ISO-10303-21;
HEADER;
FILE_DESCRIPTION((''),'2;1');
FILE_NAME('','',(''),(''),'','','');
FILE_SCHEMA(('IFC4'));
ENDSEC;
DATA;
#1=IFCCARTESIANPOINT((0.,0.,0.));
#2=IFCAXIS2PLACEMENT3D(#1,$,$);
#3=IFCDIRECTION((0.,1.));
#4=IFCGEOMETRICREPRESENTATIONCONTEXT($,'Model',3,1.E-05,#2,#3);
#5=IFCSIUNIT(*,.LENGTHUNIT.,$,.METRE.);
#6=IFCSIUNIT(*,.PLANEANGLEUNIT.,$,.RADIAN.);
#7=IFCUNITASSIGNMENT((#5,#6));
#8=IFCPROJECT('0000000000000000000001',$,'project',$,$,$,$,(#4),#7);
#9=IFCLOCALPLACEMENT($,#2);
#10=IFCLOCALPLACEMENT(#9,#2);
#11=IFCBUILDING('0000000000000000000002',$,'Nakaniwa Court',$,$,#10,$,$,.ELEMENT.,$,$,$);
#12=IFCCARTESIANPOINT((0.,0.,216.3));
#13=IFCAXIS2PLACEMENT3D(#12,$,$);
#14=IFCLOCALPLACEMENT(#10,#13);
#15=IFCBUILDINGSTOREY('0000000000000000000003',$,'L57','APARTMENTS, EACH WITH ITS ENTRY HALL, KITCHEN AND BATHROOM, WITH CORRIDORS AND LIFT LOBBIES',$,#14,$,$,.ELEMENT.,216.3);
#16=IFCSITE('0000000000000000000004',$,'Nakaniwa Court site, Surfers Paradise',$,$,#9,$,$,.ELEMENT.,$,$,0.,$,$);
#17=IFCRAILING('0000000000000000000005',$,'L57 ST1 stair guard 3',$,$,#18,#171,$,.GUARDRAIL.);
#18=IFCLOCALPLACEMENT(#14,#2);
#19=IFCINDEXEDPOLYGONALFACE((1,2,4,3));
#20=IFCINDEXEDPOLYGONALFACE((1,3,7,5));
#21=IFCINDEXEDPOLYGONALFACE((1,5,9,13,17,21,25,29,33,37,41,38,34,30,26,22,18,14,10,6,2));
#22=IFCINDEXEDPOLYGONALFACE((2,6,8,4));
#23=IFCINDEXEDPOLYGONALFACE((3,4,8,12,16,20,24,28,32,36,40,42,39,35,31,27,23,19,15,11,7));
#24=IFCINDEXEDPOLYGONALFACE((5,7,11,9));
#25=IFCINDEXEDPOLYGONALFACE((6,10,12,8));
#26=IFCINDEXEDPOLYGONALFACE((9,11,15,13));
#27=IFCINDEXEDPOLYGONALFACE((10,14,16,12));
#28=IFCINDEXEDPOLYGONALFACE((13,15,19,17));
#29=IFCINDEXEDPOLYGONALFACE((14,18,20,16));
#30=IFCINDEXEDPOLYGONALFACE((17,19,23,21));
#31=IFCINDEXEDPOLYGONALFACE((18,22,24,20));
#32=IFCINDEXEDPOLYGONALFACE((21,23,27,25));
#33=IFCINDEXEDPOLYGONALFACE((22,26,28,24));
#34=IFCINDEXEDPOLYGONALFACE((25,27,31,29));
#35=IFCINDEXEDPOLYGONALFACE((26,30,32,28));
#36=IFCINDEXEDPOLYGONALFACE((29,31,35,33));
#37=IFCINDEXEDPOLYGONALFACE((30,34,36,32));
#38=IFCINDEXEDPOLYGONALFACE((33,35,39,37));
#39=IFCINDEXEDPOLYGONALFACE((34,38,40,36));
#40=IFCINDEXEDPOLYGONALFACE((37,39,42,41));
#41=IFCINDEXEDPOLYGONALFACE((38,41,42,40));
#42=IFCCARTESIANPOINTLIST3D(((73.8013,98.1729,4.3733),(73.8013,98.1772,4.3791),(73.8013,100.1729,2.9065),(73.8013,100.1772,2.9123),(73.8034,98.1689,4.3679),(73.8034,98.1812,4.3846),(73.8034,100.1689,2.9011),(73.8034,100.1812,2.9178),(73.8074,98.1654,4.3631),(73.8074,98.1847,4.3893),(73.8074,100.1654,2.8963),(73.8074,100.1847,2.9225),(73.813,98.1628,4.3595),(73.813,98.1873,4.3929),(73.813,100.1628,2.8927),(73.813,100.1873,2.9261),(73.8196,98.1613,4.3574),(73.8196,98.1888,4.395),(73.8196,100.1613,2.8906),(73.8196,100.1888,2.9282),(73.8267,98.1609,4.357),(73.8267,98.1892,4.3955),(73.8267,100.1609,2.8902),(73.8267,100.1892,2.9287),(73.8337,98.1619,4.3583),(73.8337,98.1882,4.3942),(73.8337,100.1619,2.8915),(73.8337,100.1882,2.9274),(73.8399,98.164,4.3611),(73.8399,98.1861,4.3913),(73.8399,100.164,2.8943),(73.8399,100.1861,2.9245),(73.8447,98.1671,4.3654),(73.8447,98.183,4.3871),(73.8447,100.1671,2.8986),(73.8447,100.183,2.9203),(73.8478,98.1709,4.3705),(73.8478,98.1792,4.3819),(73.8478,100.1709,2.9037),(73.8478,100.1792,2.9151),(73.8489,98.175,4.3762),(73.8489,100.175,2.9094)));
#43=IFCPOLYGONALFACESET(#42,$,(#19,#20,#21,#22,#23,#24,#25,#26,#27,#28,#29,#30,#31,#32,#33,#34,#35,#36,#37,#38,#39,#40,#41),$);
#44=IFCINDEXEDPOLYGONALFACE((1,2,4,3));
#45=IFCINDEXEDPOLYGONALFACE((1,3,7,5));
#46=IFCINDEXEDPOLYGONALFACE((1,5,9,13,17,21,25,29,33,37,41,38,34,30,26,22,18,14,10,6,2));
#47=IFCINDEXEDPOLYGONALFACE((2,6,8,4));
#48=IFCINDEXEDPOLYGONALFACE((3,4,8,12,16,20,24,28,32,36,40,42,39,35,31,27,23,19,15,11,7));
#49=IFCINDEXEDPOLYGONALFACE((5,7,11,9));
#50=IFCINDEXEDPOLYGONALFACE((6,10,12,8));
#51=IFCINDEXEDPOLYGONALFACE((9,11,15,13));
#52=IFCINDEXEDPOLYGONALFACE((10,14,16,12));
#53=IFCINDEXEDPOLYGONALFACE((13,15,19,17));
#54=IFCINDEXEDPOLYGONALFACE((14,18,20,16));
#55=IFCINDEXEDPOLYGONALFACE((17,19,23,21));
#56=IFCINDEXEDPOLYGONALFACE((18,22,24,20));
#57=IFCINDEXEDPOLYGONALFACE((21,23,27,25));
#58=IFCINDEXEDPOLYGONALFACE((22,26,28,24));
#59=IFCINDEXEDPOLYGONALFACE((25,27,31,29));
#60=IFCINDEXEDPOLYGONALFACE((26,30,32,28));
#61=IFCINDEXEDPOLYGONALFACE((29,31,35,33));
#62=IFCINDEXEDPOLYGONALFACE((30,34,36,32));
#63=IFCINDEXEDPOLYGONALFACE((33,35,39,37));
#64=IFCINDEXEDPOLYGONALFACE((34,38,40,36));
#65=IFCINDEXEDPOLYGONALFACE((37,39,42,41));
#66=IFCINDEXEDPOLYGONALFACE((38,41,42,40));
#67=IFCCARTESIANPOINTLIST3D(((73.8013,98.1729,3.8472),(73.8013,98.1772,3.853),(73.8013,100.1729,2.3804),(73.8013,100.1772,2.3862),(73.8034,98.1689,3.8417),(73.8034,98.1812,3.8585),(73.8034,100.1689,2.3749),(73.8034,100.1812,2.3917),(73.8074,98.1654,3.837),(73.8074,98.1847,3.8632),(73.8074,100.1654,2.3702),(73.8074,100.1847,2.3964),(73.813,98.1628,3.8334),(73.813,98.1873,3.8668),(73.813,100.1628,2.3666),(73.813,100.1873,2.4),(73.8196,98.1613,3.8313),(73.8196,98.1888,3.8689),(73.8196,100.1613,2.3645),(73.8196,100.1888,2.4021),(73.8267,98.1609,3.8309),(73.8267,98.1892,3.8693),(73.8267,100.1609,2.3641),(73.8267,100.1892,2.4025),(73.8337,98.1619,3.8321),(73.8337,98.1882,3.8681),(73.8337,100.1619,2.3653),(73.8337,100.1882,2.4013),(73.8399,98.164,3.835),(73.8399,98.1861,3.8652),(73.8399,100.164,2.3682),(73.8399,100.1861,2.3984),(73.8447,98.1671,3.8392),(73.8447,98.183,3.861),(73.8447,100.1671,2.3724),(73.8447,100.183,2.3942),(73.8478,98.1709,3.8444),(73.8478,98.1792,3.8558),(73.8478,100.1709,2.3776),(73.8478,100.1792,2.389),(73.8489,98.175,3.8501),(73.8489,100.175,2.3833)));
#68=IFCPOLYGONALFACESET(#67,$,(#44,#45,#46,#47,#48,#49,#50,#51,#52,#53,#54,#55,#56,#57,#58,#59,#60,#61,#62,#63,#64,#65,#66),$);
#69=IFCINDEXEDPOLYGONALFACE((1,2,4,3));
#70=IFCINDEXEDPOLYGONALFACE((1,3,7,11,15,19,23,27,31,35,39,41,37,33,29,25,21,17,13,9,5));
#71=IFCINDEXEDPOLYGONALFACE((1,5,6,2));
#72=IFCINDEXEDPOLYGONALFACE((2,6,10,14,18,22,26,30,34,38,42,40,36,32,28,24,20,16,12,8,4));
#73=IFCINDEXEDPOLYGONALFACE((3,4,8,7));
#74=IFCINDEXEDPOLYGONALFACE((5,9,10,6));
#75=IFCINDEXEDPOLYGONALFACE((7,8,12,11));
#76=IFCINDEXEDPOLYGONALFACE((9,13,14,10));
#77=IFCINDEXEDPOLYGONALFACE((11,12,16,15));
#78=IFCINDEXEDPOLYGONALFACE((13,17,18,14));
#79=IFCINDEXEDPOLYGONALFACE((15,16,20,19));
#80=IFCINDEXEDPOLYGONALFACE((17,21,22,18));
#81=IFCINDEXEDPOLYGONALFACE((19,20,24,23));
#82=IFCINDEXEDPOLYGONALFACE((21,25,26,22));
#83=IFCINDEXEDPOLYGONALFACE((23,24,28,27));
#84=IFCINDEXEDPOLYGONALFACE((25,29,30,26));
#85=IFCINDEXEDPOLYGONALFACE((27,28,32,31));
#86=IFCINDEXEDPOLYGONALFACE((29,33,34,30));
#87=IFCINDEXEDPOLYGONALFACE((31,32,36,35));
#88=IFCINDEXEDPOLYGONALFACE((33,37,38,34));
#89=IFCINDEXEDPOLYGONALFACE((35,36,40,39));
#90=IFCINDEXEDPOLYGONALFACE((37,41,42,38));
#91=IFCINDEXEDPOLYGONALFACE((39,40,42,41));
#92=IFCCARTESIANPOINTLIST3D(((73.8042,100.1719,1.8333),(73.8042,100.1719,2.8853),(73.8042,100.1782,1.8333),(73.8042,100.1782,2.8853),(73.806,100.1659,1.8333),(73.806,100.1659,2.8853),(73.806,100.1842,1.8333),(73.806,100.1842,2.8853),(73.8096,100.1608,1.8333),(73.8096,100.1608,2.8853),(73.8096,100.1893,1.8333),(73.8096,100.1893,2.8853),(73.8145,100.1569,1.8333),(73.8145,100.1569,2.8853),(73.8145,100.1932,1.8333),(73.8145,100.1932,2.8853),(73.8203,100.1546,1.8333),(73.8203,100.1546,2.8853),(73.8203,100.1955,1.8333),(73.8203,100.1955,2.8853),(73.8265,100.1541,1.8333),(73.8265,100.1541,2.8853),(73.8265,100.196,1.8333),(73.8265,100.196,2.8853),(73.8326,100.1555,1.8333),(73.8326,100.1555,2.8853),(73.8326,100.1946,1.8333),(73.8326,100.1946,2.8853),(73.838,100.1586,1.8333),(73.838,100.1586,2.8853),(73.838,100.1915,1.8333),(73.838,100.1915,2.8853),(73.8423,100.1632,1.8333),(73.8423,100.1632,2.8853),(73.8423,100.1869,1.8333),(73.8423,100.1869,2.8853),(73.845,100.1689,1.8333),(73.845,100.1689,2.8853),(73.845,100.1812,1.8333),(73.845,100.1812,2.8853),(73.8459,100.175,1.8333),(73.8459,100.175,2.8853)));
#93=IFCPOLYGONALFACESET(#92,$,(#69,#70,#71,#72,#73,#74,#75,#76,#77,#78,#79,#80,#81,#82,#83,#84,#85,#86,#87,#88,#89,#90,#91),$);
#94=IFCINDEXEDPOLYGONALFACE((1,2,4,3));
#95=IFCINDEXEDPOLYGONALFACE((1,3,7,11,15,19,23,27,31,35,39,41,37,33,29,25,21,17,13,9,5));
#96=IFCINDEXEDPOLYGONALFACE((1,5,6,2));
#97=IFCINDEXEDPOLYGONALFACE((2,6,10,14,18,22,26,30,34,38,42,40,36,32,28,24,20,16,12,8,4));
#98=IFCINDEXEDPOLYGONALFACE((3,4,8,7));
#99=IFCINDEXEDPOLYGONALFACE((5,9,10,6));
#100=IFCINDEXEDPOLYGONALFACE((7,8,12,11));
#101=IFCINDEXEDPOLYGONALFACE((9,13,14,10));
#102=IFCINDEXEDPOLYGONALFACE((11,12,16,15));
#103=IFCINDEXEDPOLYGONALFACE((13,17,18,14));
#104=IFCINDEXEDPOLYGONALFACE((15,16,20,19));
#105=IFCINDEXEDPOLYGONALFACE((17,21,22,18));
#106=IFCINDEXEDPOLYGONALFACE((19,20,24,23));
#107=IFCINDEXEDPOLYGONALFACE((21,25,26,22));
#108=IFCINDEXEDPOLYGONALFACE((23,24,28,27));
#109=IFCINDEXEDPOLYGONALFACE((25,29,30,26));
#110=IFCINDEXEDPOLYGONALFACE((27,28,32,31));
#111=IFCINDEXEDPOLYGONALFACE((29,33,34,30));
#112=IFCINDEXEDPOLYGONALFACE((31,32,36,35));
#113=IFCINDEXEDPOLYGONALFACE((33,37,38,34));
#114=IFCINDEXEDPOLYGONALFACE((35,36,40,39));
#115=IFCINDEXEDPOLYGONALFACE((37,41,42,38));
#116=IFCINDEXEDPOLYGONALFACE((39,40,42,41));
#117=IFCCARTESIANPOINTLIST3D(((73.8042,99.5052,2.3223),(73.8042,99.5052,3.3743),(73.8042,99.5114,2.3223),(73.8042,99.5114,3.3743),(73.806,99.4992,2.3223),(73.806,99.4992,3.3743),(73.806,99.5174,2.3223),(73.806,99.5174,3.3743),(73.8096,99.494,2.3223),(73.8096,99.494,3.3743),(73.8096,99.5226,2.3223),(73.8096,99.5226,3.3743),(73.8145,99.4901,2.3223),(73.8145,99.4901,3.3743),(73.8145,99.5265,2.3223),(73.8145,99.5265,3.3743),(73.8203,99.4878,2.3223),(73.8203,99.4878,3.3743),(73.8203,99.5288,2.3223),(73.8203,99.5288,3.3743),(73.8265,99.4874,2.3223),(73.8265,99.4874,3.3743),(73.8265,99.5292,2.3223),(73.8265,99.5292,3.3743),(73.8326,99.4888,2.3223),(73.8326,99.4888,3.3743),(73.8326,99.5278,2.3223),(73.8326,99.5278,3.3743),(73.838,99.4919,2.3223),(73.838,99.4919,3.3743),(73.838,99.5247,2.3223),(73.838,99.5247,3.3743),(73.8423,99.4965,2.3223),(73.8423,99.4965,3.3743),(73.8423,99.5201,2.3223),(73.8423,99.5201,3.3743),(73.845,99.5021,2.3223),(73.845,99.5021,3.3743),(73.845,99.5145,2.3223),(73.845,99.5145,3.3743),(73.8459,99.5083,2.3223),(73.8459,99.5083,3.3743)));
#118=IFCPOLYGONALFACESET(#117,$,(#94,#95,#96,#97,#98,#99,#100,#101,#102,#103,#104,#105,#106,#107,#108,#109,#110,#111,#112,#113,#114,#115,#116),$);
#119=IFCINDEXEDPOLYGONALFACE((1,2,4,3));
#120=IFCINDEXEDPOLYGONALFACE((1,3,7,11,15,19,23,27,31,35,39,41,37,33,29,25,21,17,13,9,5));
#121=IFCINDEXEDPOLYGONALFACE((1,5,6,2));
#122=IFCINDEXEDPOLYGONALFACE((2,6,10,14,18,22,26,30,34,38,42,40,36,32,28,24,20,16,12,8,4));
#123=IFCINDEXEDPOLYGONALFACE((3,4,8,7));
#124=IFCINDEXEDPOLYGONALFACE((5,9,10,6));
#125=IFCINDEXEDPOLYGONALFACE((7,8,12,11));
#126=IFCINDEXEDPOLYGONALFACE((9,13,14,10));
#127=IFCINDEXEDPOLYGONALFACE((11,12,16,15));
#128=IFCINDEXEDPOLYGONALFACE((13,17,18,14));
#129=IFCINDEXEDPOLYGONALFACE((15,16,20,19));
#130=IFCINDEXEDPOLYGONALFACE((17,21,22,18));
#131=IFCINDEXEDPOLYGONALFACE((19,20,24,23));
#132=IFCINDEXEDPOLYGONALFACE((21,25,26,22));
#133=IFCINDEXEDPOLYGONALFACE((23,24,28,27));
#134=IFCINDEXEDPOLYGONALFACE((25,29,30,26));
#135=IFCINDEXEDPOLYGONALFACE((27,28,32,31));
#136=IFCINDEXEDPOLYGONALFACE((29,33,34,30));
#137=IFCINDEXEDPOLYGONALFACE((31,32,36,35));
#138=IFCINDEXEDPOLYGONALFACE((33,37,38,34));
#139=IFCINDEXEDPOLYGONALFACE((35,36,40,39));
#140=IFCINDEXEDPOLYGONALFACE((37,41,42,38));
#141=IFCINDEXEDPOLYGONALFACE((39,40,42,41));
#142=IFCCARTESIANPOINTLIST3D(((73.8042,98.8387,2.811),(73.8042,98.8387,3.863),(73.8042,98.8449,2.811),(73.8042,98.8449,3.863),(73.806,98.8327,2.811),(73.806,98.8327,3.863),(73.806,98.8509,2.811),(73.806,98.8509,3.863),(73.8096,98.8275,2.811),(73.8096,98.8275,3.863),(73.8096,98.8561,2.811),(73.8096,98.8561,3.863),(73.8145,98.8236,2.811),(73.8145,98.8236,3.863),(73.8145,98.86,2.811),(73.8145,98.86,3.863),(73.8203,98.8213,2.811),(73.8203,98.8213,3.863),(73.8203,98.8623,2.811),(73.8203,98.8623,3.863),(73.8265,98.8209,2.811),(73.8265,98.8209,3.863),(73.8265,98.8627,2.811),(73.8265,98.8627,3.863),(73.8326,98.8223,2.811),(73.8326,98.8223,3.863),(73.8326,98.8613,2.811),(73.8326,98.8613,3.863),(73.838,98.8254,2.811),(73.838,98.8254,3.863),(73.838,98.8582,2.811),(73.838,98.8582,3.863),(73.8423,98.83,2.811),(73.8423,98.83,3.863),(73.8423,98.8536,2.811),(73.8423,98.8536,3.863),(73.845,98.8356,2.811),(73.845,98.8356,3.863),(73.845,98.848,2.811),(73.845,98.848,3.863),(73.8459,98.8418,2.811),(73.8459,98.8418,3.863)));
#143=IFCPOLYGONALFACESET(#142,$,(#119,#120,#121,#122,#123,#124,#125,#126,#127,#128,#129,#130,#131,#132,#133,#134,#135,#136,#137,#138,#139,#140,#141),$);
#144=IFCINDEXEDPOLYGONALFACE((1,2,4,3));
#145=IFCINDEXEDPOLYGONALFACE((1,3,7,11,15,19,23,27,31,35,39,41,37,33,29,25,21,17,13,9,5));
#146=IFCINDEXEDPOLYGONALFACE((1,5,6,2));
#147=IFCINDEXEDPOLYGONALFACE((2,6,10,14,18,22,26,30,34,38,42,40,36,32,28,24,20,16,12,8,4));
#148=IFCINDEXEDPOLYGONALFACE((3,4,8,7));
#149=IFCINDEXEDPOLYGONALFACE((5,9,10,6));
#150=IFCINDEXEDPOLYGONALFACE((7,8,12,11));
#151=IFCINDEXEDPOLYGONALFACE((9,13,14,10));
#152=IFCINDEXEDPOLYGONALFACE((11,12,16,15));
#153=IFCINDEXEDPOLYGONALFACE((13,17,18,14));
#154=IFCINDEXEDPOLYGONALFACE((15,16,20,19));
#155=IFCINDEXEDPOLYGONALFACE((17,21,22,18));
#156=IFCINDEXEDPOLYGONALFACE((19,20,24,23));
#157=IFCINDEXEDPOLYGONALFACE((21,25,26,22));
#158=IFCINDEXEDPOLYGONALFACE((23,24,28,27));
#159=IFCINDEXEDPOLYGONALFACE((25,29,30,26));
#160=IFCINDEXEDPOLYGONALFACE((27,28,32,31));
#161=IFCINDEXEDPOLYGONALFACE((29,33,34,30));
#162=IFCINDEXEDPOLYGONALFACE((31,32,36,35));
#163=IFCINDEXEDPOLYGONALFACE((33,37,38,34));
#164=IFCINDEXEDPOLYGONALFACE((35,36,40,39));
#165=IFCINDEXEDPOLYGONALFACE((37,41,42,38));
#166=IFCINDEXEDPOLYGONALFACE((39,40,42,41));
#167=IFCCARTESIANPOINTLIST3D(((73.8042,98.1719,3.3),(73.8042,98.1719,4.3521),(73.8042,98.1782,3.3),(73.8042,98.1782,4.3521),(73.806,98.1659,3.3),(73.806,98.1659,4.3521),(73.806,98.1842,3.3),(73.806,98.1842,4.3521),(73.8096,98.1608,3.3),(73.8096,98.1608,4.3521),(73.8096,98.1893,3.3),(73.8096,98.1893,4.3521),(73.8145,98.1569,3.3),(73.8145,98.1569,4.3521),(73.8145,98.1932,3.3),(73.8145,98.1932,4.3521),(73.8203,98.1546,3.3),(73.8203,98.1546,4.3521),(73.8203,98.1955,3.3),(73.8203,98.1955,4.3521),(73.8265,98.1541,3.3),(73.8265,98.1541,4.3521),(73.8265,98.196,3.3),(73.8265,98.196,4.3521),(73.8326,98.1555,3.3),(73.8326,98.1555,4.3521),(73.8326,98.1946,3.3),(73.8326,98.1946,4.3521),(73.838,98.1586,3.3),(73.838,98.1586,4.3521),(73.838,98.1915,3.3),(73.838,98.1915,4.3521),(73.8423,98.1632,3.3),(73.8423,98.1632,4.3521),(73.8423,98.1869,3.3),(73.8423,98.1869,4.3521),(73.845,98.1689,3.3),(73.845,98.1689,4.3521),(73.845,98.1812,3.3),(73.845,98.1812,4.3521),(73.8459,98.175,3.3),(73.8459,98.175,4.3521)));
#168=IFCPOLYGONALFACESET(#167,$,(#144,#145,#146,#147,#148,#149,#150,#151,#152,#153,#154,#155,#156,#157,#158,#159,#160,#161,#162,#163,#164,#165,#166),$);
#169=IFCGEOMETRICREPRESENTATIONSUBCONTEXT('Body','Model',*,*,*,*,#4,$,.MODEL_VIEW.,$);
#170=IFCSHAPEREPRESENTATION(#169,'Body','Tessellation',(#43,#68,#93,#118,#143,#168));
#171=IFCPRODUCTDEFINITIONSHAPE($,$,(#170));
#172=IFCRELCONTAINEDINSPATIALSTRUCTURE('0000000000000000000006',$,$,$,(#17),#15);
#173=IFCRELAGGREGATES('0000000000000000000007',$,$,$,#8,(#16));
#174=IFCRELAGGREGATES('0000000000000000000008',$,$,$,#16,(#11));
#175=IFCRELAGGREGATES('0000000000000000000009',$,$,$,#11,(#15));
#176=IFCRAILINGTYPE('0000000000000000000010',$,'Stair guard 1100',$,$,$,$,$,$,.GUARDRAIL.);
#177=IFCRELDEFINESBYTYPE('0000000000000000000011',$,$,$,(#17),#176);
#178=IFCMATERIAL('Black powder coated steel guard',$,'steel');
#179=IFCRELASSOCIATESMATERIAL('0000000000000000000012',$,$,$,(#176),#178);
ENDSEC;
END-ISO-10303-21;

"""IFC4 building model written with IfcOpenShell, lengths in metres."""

from ifc_helpers import new_model, si_unit, direction, frame, origin, origin_2d, place, context, subcontext, project, spatial, circle, extrude, material, type_object, element, save


model = new_model("IFC4")

# Units and contexts
model_context = context("Model", 3, precision=1e-05, world=origin(), true_north=direction((0.0, 1.0)))
body_context = subcontext(model_context, "Body", "Model", "MODEL_VIEW")
ifc_project = project(units=[si_unit("LENGTHUNIT", "METRE"), si_unit("PLANEANGLEUNIT", "RADIAN")], contexts=[model_context])

# Site, building, storey
site_placement = place(None, origin())
site = spatial("IfcSite", under=ifc_project, at=site_placement, Name="Nakaniwa Court site, Surfers Paradise", CompositionType="ELEMENT", RefElevation=0.0)
building_placement = place(site_placement, origin())
building = spatial("IfcBuilding", under=site, at=building_placement, Name="Nakaniwa Court", CompositionType="ELEMENT")
storey_placement = place(building_placement, frame((0.0, 0.0, 216.3)))
storey = spatial("IfcBuildingStorey", under=building, at=storey_placement, Name="L57", Description="APARTMENTS, EACH WITH ITS ENTRY HALL, KITCHEN AND BATHROOM, WITH CORRIDORS AND LIFT LOBBIES", CompositionType="ELEMENT", Elevation=216.3)

# Railing
ifc_material_1 = material(Name="Black powder coated steel guard", Category="steel")
railing_type_1 = type_object("IfcRailingType", Name="Stair guard 1100", PredefinedType="GUARDRAIL", material=ifc_material_1)
railing_1_placement = place(storey_placement, frame((73.825, 100.175, 1.8333)))
element("IfcRailing", 1, at=railing_1_placement, inside=storey, type_object=railing_type_1, Name="L57 ST1 stair guard 3", PredefinedType="GUARDRAIL", context=body_context, shape_type="SweptSolid", body=[
    extrude(circle(Radius=0.0239, at=origin_2d()), frame((0.0, 0.0, 1.0762), z_axis=(0.0, -0.80638, 0.591398), x_axis=(1.0, 0.0, 0.0)), (0.0, 0.0, 1.0), 2.4802),
    extrude(circle(Radius=0.0239, at=origin_2d()), frame((0.0, 0.0, 0.55), z_axis=(0.0, -0.80638, 0.591398), x_axis=(1.0, 0.0, 0.0)), (0.0, 0.0, 1.0), 2.4802),
    extrude(circle(Radius=0.021, at=origin_2d()), origin(), (0.0, 0.0, 1.0), 1.052),
    extrude(circle(Radius=0.021, at=origin_2d()), frame((0.0, -0.6667, 0.489)), (0.0, 0.0, 1.0), 1.052),
    extrude(circle(Radius=0.021, at=origin_2d()), frame((0.0, -1.3333, 0.9778)), (0.0, 0.0, 1.0), 1.052),
    extrude(circle(Radius=0.021, at=origin_2d()), frame((0.0, -2.0, 1.4668)), (0.0, 0.0, 1.0), 1.052),
])

save(model, "model.ifc")
